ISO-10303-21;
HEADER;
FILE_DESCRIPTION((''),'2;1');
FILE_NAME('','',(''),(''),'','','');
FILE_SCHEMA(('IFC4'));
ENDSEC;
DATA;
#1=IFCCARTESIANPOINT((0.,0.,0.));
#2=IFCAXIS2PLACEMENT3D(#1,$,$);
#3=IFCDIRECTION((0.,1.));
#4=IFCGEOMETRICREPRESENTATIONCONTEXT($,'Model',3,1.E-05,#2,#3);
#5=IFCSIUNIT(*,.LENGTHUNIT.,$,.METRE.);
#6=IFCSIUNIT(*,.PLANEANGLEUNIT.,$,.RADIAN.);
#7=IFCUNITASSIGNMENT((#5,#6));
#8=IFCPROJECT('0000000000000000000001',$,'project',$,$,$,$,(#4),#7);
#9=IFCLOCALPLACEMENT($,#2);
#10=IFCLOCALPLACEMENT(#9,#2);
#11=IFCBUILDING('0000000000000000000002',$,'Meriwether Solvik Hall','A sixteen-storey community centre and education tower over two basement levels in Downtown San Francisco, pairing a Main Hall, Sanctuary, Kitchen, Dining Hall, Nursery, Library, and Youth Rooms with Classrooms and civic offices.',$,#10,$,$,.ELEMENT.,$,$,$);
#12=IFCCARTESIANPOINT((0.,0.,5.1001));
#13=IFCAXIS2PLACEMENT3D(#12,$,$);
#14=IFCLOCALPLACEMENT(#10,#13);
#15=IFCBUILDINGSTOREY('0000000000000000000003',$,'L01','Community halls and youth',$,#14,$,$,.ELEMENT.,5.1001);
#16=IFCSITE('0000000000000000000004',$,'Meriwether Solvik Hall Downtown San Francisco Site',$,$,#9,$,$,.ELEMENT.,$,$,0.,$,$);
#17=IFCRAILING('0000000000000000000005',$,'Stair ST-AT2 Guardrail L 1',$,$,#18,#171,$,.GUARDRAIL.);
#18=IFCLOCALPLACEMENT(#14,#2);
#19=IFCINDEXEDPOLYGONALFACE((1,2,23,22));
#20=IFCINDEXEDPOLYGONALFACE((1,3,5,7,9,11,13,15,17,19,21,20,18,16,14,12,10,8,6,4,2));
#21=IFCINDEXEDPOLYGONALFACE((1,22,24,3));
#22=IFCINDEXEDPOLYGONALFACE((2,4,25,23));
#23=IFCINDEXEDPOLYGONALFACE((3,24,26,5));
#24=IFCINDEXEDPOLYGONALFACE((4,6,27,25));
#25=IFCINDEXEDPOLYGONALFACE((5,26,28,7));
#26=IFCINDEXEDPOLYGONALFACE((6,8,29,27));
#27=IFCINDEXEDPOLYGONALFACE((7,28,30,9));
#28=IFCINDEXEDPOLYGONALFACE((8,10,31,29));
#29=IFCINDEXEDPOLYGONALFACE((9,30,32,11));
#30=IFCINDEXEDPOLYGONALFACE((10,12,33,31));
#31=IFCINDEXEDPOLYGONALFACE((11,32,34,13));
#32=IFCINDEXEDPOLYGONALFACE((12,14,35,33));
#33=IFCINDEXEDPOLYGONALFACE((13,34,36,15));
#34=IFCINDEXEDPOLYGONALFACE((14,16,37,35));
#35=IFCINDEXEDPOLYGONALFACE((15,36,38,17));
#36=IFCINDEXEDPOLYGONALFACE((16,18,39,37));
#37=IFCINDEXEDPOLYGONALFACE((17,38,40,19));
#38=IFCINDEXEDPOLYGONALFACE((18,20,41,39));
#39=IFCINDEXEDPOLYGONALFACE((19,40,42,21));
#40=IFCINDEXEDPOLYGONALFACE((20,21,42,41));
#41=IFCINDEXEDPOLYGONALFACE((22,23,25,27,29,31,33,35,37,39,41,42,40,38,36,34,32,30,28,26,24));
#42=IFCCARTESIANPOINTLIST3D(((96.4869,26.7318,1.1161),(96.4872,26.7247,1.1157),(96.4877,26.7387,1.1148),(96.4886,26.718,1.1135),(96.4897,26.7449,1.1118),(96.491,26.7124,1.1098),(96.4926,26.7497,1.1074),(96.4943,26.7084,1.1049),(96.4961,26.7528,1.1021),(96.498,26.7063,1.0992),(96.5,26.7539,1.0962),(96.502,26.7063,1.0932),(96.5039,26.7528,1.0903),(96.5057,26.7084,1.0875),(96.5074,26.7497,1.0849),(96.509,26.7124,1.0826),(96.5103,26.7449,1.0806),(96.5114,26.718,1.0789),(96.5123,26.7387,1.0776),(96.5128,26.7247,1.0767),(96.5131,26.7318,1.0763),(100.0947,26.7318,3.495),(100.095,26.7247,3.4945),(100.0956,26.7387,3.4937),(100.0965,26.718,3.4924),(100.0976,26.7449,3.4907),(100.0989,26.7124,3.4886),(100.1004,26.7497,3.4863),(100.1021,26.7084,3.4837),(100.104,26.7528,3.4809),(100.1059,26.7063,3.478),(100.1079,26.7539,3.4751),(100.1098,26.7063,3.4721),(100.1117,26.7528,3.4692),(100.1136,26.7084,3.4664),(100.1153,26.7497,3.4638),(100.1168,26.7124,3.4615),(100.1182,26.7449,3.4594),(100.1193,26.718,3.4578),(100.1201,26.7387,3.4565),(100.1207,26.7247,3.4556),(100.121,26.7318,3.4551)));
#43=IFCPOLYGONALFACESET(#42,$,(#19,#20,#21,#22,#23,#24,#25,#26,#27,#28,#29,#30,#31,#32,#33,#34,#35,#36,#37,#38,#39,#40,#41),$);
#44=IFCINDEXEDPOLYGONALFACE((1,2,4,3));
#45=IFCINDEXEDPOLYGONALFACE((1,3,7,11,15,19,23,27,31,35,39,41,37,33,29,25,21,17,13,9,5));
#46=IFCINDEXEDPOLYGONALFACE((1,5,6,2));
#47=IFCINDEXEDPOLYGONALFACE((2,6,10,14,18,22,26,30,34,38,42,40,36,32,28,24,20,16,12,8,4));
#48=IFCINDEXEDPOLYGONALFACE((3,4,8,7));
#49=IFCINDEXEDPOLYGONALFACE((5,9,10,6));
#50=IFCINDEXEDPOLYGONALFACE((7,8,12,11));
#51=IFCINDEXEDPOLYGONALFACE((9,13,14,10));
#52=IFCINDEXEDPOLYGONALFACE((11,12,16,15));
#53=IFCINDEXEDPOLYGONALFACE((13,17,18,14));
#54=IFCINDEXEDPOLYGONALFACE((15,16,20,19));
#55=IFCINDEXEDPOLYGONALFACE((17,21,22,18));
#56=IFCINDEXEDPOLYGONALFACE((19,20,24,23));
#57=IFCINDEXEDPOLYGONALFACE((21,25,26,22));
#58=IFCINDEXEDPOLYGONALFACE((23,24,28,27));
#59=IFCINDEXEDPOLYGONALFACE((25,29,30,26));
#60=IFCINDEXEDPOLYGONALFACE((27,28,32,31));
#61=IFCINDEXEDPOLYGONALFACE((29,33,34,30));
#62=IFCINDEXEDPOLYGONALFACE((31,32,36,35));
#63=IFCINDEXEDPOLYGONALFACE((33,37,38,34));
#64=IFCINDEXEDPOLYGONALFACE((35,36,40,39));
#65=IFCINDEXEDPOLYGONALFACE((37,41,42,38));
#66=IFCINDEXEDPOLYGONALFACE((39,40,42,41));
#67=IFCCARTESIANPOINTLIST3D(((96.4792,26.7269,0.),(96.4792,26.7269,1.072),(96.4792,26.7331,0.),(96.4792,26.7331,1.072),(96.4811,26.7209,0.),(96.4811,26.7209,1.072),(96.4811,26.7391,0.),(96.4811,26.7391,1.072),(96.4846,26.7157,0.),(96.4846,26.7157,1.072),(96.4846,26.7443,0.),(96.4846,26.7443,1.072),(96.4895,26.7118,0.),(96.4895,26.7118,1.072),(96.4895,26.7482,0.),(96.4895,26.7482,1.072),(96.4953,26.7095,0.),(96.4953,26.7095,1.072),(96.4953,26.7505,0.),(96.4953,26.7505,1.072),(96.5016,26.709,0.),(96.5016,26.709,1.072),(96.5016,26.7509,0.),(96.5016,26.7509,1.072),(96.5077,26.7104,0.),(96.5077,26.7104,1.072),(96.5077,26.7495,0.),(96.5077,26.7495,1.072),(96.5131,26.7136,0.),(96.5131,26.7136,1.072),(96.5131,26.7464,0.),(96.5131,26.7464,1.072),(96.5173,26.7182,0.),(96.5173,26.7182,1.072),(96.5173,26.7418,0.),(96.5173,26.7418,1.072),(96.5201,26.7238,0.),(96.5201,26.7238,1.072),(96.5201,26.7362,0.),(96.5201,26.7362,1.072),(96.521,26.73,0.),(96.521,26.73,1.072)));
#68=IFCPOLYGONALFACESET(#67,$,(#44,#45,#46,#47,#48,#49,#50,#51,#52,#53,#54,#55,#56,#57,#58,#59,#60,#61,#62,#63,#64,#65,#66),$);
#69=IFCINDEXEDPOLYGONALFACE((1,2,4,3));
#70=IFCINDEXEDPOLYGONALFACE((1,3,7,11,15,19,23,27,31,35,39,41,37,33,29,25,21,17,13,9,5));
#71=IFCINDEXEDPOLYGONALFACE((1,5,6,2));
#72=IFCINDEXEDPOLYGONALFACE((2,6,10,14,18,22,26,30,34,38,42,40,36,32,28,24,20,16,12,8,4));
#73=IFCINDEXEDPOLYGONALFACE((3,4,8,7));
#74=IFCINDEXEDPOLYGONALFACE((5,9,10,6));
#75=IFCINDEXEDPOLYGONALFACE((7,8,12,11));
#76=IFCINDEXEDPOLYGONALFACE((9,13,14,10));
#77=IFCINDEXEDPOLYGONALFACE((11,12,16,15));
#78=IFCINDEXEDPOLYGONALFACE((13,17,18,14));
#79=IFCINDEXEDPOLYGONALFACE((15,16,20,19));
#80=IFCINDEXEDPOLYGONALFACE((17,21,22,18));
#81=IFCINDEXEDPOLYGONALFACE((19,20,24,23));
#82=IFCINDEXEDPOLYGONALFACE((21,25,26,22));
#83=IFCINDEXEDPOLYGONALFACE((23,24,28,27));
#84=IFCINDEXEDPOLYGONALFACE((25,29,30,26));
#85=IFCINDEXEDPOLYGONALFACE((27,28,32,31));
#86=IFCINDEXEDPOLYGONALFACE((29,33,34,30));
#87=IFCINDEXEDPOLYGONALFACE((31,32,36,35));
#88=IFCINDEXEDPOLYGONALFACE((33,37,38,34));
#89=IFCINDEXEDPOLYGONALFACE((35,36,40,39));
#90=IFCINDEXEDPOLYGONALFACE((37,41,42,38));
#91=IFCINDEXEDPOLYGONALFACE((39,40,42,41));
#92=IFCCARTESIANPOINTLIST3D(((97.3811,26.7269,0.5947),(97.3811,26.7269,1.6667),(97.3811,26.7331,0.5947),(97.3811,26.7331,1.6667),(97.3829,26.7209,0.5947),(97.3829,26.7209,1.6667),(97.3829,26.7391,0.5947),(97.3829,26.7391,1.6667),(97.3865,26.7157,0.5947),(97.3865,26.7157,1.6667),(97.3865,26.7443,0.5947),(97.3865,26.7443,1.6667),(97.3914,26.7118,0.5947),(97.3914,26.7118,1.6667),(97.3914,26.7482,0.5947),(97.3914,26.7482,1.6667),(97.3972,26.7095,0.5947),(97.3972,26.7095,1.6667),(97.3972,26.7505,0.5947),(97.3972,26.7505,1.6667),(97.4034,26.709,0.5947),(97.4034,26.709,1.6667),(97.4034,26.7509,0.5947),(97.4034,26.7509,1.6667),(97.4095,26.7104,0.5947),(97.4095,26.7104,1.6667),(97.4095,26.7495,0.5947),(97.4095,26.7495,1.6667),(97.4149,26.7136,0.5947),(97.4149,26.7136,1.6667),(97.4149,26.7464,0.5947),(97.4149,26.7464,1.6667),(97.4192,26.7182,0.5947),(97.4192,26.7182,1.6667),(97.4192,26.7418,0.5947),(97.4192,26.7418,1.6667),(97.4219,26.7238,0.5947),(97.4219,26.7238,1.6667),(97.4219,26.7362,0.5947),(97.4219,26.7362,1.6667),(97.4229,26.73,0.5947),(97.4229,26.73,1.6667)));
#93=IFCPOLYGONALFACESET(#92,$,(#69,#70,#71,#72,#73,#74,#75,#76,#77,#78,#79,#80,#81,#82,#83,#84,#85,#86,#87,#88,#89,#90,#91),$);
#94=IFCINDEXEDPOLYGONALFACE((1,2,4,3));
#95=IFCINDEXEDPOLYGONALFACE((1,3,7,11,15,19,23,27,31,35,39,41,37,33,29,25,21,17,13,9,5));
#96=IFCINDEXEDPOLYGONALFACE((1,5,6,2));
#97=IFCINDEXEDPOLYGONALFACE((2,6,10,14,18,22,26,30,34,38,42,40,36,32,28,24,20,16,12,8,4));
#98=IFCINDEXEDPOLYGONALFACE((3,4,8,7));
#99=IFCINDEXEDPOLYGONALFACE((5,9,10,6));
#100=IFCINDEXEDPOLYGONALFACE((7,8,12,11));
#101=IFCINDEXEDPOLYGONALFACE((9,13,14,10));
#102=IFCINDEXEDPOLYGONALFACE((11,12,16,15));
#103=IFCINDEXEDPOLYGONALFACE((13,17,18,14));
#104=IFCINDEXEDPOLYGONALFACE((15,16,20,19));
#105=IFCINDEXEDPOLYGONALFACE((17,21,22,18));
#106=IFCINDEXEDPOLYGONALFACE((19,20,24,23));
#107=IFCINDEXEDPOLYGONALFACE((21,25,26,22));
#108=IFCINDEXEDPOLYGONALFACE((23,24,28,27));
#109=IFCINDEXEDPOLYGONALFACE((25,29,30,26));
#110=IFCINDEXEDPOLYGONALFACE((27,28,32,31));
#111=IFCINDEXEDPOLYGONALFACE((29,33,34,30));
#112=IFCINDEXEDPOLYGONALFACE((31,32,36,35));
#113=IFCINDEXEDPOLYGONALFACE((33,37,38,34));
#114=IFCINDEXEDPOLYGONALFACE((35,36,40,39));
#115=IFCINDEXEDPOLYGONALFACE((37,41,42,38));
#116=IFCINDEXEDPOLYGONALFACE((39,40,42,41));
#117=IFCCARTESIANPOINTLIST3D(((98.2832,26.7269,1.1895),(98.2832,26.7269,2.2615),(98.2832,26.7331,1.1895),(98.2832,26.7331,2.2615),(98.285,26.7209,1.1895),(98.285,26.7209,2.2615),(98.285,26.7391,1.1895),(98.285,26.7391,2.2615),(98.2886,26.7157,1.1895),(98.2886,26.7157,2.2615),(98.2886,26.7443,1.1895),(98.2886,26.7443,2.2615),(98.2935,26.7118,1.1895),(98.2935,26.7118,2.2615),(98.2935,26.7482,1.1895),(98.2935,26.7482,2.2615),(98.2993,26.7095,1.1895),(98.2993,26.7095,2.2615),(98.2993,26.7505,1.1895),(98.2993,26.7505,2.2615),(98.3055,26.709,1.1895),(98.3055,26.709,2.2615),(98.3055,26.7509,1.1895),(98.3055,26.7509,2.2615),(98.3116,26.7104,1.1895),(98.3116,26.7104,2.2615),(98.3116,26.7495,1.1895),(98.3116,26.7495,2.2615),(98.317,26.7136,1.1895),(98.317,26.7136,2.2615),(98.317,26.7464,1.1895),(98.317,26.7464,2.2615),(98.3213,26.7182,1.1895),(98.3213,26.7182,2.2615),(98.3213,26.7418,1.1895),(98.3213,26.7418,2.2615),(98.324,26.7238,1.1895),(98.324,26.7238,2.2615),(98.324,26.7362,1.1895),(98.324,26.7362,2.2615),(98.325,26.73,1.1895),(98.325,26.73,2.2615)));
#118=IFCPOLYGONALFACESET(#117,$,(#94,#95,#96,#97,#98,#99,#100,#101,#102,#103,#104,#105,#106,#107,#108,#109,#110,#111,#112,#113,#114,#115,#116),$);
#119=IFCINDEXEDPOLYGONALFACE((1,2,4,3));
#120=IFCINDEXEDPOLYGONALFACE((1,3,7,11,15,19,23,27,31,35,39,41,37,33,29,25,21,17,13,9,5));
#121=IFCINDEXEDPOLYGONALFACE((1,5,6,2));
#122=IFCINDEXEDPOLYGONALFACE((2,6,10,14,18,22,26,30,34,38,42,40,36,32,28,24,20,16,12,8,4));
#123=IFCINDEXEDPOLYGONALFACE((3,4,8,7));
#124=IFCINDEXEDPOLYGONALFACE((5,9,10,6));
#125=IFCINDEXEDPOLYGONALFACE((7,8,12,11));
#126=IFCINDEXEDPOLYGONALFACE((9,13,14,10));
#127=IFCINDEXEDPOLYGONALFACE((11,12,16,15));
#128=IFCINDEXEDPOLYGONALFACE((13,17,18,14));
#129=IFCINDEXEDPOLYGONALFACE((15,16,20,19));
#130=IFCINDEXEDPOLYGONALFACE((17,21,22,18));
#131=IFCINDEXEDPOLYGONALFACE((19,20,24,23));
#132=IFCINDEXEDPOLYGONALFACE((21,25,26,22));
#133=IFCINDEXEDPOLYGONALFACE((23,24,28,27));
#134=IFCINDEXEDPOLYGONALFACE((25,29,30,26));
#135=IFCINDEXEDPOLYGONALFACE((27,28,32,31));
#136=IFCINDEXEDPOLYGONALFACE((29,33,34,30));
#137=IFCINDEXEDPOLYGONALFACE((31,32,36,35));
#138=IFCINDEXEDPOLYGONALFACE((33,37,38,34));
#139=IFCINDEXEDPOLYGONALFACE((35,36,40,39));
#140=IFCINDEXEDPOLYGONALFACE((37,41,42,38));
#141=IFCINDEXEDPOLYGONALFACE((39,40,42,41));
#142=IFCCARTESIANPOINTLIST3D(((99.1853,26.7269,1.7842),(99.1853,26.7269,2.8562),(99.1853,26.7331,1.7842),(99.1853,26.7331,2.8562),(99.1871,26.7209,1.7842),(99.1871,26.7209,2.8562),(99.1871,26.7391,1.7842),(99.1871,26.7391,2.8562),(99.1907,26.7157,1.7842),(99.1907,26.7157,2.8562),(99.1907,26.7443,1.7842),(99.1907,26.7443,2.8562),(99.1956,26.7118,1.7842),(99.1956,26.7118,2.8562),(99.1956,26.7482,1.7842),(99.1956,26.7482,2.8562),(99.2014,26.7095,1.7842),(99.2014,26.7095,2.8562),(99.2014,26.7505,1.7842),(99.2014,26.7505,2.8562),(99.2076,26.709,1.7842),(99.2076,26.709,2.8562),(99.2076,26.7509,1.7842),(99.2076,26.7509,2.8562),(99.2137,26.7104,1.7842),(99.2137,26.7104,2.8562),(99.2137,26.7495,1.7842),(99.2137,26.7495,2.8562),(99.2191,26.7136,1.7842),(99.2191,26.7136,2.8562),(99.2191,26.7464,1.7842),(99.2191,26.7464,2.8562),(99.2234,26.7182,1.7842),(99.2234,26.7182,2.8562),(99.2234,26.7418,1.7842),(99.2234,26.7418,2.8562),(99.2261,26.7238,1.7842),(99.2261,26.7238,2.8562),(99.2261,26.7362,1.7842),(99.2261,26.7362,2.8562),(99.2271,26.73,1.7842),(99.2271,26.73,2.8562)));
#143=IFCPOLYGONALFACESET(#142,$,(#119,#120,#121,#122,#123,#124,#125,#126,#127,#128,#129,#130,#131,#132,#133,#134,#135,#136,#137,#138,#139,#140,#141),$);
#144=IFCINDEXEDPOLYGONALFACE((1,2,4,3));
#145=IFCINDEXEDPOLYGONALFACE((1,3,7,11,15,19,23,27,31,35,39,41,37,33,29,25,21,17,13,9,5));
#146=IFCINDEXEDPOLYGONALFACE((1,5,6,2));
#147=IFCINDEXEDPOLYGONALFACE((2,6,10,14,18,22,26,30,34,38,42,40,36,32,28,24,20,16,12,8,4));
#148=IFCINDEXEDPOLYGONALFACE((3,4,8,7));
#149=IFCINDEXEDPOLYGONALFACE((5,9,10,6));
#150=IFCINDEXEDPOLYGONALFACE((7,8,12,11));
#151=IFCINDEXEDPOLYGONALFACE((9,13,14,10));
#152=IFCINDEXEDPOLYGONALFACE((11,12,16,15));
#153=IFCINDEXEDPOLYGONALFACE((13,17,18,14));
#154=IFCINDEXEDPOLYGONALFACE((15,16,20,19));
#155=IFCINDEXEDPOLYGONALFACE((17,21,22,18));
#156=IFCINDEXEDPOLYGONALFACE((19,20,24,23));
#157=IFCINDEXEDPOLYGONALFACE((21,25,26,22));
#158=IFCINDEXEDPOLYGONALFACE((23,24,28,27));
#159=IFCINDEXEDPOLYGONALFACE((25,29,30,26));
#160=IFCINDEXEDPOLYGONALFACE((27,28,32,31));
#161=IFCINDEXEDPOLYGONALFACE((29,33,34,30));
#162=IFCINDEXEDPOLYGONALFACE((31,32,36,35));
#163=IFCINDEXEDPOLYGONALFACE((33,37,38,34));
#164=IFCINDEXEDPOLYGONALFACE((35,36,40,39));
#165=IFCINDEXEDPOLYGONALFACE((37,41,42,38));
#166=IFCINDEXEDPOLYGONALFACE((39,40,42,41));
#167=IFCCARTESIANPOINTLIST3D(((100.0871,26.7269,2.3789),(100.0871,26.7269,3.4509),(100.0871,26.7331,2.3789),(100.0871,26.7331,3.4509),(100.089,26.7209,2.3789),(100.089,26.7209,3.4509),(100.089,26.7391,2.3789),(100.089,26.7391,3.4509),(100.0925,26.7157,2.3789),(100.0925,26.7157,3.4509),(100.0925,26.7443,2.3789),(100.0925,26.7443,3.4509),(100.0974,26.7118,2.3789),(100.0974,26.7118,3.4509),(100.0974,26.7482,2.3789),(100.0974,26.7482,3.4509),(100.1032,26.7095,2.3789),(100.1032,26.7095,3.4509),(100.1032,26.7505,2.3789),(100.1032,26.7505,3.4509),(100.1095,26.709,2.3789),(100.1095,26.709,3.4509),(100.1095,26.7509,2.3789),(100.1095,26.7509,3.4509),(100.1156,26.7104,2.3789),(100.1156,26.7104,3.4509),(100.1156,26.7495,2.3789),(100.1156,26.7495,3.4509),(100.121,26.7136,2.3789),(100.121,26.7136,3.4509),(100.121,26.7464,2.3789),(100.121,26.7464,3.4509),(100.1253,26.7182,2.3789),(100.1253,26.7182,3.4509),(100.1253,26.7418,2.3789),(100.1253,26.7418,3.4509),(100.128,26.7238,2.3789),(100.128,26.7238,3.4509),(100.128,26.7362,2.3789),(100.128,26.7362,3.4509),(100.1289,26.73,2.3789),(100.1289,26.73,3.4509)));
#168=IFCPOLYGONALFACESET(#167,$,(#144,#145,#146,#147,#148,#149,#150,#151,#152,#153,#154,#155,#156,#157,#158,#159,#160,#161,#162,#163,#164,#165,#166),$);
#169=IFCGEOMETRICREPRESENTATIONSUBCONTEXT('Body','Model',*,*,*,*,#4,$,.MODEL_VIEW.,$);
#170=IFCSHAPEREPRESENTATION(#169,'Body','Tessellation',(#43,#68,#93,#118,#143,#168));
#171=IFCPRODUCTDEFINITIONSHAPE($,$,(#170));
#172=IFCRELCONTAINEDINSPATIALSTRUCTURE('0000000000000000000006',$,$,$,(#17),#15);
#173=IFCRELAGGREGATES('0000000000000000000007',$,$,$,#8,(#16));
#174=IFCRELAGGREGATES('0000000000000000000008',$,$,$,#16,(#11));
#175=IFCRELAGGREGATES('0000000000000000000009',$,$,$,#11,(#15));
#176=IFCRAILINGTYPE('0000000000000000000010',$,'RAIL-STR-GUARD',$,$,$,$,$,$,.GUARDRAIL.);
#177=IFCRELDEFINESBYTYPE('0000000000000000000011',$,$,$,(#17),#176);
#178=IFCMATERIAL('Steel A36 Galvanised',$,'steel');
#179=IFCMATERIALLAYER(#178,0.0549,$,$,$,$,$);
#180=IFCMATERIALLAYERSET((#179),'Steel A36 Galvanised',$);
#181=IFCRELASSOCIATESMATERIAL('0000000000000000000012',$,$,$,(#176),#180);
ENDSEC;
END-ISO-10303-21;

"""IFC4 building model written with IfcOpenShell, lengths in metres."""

from ifc_helpers import new_model, si_unit, direction, frame, origin, origin_2d, place, context, subcontext, project, spatial, circle, extrude, material, layer, layer_set, type_object, element, save


model = new_model("IFC4")

# Units and contexts
model_context = context("Model", 3, precision=1e-05, world=origin(), true_north=direction((0.0, 1.0)))
body_context = subcontext(model_context, "Body", "Model", "MODEL_VIEW")
ifc_project = project(units=[si_unit("LENGTHUNIT", "METRE"), si_unit("PLANEANGLEUNIT", "RADIAN")], contexts=[model_context])

# Site, building, storey
site_placement = place(None, origin())
site = spatial("IfcSite", under=ifc_project, at=site_placement, Name="Meriwether Solvik Hall Downtown San Francisco Site", CompositionType="ELEMENT", RefElevation=0.0)
building_placement = place(site_placement, origin())
building = spatial("IfcBuilding", under=site, at=building_placement, Name="Meriwether Solvik Hall", Description="A sixteen-storey community centre and education tower over two basement levels in Downtown San Francisco, pairing a Main Hall, Sanctuary, Kitchen, Dining Hall, Nursery, Library, and Youth Rooms with Classrooms and civic offices.", CompositionType="ELEMENT")
storey_placement = place(building_placement, frame((0.0, 0.0, 5.1001)))
storey = spatial("IfcBuildingStorey", under=building, at=storey_placement, Name="L01", Description="Community halls and youth", CompositionType="ELEMENT", Elevation=5.1001)

# Railing
ifc_material_1 = material(Name="Steel A36 Galvanised", Category="steel")
ifc_layer_1 = layer(ifc_material_1, 0.0549)
ifc_layer_set_1 = layer_set([ifc_layer_1], Name="Steel A36 Galvanised")
railing_type_1 = type_object("IfcRailingType", Name="RAIL-STR-GUARD", PredefinedType="GUARDRAIL", material=ifc_layer_set_1)
railing_1_placement = place(storey_placement, frame((96.5, 26.73, 0.0)))
element("IfcRailing", 1, at=railing_1_placement, inside=storey, type_object=railing_type_1, Name="Stair ST-AT2 Guardrail L 1", PredefinedType="GUARDRAIL", context=body_context, shape_type="SweptSolid", body=[
    extrude(circle(Radius=0.0239, at=origin_2d()), frame((0.0, 0.0, 1.0962), z_axis=(0.834856, 0.0, 0.550469), x_axis=(0.0, 1.0, 0.0)), (0.0, 0.0, 1.0), 4.3215),
    extrude(circle(Radius=0.021, at=origin_2d()), origin(), (0.0, 0.0, 1.0), 1.072),
    extrude(circle(Radius=0.021, at=origin_2d()), frame((0.9019, 0.0, 0.5947)), (0.0, 0.0, 1.0), 1.072),
    extrude(circle(Radius=0.021, at=origin_2d()), frame((1.804, 0.0, 1.1895)), (0.0, 0.0, 1.0), 1.072),
    extrude(circle(Radius=0.021, at=origin_2d()), frame((2.7061, 0.0, 1.7842)), (0.0, 0.0, 1.0), 1.072),
    extrude(circle(Radius=0.021, at=origin_2d()), frame((3.6079, 0.0, 2.3789)), (0.0, 0.0, 1.0), 1.072),
])

save(model, "model.ifc")
